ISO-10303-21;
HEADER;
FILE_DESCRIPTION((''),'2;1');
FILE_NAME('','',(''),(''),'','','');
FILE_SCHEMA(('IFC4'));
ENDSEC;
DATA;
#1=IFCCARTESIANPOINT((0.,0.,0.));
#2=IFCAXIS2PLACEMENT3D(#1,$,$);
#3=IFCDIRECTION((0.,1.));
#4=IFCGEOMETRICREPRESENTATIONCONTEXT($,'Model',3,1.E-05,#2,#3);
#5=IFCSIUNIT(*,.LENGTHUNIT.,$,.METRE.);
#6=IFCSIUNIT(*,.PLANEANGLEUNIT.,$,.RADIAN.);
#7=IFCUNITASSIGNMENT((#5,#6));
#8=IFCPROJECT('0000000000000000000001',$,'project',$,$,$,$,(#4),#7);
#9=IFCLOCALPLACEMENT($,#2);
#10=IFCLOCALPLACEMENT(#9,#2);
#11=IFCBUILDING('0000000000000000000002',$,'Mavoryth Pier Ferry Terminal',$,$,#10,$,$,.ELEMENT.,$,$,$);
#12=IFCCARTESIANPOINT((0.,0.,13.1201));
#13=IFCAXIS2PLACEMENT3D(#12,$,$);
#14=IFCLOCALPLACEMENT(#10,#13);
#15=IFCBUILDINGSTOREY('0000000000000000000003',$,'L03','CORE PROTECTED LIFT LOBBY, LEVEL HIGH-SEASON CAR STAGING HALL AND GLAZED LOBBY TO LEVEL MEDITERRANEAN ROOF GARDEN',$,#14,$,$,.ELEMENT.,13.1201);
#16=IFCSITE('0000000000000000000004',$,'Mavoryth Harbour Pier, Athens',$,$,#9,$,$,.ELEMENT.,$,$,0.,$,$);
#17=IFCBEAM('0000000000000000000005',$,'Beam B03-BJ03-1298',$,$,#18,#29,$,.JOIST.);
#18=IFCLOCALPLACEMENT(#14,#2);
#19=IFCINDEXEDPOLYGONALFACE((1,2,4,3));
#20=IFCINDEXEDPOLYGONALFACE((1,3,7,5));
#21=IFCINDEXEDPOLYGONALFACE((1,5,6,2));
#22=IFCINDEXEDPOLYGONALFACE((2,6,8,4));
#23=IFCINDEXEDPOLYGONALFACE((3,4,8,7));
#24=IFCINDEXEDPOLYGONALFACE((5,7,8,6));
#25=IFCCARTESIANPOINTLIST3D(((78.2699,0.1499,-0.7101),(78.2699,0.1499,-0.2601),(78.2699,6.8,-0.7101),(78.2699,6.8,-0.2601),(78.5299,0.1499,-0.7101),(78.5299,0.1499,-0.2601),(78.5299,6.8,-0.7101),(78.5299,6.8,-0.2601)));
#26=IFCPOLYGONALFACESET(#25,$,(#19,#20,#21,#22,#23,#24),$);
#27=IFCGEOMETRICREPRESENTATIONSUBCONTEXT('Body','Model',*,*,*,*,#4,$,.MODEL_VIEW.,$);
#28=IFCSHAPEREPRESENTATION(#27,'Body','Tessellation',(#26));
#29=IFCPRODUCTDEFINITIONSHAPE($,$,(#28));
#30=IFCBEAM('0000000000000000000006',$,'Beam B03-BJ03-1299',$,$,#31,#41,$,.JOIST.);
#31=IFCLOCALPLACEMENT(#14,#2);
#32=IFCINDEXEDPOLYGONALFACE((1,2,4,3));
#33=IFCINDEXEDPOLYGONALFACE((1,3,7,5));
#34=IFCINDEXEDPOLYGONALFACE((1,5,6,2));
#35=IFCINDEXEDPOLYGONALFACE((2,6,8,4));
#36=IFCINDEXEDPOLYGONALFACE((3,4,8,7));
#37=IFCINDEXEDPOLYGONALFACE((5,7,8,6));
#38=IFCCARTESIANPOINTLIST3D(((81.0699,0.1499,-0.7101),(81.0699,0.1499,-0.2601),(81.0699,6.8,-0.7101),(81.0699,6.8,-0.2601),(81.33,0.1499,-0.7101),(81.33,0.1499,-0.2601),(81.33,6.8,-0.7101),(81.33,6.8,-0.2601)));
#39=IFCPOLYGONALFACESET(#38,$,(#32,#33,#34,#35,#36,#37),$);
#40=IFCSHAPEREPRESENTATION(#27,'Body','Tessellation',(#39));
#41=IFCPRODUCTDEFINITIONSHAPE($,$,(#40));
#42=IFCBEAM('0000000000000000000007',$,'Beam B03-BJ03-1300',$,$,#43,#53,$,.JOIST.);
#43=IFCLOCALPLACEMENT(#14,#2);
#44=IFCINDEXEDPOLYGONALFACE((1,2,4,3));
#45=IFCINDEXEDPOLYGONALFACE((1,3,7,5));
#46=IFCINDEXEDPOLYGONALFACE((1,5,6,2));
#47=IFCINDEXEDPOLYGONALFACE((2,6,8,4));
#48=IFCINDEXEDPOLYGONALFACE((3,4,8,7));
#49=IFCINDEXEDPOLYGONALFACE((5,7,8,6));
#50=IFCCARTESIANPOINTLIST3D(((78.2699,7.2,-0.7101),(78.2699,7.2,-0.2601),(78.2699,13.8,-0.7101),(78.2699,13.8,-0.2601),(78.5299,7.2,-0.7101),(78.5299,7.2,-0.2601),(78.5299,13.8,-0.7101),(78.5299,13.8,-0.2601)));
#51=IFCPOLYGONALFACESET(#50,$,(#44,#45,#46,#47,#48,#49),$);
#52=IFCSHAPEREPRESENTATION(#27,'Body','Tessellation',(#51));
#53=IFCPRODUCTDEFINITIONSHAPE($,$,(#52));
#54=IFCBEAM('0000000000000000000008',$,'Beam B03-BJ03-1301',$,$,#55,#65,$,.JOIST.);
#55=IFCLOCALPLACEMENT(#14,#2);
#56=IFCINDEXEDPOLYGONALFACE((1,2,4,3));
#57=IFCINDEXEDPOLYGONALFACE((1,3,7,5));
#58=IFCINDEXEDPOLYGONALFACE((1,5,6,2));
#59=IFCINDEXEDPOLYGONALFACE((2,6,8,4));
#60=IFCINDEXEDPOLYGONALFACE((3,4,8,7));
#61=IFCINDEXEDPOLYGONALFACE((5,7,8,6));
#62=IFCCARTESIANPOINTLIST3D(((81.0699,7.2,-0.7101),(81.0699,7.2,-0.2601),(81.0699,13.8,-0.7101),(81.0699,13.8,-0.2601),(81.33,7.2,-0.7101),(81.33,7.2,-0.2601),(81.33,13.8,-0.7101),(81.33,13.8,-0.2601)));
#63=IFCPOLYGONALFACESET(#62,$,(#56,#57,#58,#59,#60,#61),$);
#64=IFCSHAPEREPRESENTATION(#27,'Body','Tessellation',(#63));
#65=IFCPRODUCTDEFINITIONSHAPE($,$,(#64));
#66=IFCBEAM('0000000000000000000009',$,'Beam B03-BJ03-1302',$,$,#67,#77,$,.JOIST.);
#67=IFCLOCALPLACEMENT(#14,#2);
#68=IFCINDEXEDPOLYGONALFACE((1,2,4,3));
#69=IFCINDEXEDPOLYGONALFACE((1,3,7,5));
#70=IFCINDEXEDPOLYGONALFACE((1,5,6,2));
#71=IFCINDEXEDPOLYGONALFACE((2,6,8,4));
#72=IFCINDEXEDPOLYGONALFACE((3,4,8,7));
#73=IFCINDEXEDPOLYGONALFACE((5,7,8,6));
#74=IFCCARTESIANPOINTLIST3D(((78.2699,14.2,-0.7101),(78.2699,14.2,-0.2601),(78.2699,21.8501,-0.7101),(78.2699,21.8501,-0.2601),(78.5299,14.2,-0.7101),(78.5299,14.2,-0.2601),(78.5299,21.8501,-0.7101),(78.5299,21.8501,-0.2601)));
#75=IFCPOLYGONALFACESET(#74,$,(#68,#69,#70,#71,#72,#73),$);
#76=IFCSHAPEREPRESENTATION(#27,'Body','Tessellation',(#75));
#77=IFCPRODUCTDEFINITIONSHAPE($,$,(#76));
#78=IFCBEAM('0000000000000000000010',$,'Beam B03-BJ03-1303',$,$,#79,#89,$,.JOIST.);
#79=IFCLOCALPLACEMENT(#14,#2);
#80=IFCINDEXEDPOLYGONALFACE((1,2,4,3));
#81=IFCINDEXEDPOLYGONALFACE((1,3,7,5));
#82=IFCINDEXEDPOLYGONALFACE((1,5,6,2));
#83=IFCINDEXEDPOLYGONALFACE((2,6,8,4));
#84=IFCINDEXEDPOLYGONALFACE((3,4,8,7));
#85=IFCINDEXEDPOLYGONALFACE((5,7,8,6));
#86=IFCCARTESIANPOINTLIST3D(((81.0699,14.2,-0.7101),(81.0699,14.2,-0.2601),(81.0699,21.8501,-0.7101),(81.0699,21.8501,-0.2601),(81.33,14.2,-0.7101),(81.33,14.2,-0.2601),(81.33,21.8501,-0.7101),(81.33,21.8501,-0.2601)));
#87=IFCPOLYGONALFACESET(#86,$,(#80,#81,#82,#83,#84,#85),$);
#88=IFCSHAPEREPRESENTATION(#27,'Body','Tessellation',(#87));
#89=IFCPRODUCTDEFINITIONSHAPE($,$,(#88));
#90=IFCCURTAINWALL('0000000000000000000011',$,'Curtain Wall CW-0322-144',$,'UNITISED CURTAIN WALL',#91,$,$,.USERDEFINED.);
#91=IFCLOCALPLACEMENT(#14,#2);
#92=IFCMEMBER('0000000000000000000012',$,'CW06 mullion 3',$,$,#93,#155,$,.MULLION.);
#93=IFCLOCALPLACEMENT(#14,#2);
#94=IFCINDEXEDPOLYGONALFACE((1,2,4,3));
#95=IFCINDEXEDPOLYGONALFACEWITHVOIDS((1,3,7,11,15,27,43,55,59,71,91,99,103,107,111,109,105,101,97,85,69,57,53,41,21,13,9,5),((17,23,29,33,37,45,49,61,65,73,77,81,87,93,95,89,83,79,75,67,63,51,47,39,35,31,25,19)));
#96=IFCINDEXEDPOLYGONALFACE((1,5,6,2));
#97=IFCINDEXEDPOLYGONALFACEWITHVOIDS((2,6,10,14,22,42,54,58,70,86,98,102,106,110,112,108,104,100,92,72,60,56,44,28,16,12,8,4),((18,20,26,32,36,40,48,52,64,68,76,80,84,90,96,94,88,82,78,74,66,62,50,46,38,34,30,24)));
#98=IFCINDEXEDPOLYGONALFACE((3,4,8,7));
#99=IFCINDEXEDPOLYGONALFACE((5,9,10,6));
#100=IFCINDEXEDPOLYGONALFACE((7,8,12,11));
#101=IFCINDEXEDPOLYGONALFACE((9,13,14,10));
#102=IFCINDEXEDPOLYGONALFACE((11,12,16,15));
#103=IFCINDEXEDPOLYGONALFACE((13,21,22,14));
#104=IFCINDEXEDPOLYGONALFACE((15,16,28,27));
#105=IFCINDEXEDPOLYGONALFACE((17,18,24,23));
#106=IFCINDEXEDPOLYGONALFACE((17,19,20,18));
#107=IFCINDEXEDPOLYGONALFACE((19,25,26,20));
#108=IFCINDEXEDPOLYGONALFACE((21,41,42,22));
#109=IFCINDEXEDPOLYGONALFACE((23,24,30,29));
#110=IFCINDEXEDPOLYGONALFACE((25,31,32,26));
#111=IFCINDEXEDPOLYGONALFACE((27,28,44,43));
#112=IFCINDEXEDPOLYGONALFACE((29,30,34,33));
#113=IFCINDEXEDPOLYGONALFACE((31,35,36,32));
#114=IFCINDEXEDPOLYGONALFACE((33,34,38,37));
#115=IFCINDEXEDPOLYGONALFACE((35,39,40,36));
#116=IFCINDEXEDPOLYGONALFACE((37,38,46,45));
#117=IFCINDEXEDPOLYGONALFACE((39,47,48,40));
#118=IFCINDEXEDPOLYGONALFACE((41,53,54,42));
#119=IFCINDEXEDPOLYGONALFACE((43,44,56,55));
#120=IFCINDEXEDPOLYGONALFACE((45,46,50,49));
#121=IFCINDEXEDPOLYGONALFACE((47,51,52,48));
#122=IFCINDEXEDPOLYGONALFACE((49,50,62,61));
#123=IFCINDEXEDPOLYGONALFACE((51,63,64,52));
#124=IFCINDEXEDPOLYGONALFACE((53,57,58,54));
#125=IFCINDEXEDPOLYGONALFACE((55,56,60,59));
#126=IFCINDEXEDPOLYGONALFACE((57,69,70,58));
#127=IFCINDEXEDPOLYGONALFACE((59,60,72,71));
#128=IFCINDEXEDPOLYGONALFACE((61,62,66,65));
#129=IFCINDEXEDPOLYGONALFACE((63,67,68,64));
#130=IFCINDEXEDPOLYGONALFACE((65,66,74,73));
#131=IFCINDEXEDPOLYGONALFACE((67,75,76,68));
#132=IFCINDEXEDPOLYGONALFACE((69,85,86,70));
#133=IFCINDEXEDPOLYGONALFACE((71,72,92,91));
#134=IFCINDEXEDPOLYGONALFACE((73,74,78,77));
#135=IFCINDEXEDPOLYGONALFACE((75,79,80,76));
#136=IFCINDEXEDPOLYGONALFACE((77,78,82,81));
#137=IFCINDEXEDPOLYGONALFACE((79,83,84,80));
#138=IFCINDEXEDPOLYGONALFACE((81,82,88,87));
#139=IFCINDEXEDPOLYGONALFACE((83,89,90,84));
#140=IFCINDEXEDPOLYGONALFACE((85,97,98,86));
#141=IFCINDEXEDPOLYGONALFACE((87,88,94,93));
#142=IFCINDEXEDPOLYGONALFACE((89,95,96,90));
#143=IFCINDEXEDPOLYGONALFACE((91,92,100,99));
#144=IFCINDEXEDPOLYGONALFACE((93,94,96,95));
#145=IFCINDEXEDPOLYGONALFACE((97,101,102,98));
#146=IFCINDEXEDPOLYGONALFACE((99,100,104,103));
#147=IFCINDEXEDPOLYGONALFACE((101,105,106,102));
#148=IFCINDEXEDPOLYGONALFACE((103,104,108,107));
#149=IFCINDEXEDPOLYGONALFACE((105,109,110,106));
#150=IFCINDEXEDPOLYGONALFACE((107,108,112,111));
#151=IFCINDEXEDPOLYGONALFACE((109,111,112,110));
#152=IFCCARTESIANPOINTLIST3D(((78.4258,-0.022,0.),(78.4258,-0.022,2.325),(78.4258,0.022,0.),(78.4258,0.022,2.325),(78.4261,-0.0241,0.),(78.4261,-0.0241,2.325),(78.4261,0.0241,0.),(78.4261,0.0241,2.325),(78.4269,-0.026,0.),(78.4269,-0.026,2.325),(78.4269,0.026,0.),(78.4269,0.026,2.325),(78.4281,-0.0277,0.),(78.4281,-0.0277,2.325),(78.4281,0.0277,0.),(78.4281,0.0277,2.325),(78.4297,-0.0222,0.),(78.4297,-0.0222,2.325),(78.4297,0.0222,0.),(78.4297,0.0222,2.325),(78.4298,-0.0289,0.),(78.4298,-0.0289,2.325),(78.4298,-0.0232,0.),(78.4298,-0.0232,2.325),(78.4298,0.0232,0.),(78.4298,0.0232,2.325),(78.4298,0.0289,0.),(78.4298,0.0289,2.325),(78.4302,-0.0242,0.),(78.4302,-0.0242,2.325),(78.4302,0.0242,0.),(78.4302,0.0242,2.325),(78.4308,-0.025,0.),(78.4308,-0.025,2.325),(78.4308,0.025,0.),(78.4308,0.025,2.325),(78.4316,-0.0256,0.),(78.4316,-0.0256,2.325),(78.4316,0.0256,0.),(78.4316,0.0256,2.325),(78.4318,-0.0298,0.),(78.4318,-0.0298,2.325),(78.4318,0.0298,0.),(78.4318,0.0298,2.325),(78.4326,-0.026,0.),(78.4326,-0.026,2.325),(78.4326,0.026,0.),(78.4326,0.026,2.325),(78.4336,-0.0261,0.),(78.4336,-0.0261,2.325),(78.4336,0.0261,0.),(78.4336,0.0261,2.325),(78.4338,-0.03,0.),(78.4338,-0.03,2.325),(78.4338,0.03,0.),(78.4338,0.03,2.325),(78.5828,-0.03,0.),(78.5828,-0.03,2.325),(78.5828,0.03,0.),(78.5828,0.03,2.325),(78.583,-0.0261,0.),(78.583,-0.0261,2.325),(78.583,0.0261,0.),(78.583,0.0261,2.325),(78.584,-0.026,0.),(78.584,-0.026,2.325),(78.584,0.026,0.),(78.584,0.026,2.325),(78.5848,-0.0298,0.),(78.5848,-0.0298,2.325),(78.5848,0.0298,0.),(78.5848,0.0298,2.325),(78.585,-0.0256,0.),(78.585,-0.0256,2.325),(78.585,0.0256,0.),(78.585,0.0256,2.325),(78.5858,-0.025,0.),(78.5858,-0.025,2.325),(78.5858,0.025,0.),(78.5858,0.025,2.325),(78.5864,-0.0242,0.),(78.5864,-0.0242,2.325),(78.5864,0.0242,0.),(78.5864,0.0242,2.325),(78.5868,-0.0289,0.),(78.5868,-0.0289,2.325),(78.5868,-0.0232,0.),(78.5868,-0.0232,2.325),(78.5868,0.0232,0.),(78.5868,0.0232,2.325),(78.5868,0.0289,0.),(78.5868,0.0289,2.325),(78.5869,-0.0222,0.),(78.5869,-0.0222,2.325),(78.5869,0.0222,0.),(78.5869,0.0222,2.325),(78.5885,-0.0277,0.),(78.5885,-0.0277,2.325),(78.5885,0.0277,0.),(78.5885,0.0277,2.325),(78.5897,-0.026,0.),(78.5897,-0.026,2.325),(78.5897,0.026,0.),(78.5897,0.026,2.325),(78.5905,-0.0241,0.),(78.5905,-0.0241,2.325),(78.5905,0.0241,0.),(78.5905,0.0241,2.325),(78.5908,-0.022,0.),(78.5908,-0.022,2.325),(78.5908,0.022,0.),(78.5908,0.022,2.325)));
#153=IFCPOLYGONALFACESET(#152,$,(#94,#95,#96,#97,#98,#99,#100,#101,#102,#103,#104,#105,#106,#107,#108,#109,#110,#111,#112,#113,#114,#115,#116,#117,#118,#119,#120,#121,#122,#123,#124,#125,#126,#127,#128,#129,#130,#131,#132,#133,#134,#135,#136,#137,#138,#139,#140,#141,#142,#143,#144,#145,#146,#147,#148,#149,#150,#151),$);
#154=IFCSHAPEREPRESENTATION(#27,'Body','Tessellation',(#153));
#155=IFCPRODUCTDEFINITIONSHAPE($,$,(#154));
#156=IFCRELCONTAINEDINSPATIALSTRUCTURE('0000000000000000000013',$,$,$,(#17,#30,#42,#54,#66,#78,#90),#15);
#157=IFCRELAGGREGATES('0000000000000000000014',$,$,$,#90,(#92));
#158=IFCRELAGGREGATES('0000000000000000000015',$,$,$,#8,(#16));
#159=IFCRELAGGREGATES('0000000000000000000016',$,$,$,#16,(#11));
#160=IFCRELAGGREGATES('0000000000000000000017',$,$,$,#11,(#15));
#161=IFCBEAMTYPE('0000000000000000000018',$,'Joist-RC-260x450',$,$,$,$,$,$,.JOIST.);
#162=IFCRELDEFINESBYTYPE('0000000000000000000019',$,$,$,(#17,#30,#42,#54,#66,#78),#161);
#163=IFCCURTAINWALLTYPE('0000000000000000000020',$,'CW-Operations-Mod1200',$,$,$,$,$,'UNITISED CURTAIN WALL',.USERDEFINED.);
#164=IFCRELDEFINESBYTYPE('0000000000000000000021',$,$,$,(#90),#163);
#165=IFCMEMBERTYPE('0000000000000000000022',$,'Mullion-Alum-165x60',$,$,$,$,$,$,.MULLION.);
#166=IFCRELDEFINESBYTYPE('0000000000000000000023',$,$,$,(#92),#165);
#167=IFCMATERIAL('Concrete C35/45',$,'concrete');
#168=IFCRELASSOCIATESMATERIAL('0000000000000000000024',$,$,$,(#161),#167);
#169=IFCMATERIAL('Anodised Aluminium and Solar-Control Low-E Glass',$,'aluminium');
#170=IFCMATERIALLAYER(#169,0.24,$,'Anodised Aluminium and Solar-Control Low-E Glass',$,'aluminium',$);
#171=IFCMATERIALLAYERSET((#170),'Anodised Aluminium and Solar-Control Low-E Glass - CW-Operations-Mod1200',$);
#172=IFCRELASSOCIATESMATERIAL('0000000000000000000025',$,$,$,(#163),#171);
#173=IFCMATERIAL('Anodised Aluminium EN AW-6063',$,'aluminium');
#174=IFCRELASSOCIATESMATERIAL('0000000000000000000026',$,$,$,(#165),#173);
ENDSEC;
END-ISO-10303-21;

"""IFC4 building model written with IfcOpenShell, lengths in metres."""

from ifc_helpers import new_model, si_unit, direction, frame, origin, origin_2d, place, context, subcontext, project, spatial, rectangle, hollow_rectangle, extrude, material, layer, layer_set, material_profile, profile_set, type_object, element, aggregate, save


model = new_model("IFC4")

# Units and contexts
model_context = context("Model", 3, precision=1e-05, world=origin(), true_north=direction((0.0, 1.0)))
body_context = subcontext(model_context, "Body", "Model", "MODEL_VIEW")
ifc_project = project(units=[si_unit("LENGTHUNIT", "METRE"), si_unit("PLANEANGLEUNIT", "RADIAN")], contexts=[model_context])

# Site, building, storey
site_placement = place(None, origin())
site = spatial("IfcSite", under=ifc_project, at=site_placement, Name="Mavoryth Harbour Pier, Athens", CompositionType="ELEMENT", RefElevation=0.0)
building_placement = place(site_placement, origin())
building = spatial("IfcBuilding", under=site, at=building_placement, Name="Mavoryth Pier Ferry Terminal", CompositionType="ELEMENT")
storey_placement = place(building_placement, frame((0.0, 0.0, 13.1201)))
storey = spatial("IfcBuildingStorey", under=building, at=storey_placement, Name="L03", Description="CORE PROTECTED LIFT LOBBY, LEVEL HIGH-SEASON CAR STAGING HALL AND GLAZED LOBBY TO LEVEL MEDITERRANEAN ROOF GARDEN", CompositionType="ELEMENT", Elevation=13.1201)

# Beams
ifc_material_1 = material(Name="Concrete C35/45", Category="concrete")
ifc_material_profile_1 = material_profile(ifc_material_1, rectangle(XDim=0.26, YDim=0.45, at=origin_2d()), Name="RC 260x450", Category="concrete")
ifc_profile_set_1 = profile_set([ifc_material_profile_1], Name="Concrete C35/45 - RC 260x450")
beam_type = type_object("IfcBeamType", Name="Joist-RC-260x450", PredefinedType="JOIST", material=ifc_profile_set_1)
for number, where, z_axis, x_axis, name in (
    (1, (78.3999, 0.1499, -0.4851), (0.0, 1.0, 0.0), (-1.0, 0.0, 0.0), "Beam B03-BJ03-1298"),
    (2, (81.2, 0.1499, -0.4851), (0.0, 1.0, 0.0), (-1.0, 0.0, 0.0), "Beam B03-BJ03-1299"),
):
    element("IfcBeam", number, at=place(storey_placement, frame(where, z_axis=z_axis, x_axis=x_axis)), inside=storey, type_object=beam_type, Name=name, PredefinedType="JOIST", context=body_context, shape_type="SweptSolid", body=[
        extrude(rectangle(XDim=0.26, YDim=0.45, at=origin_2d()), origin(), (0.0, 0.0, 1.0), 6.6501),
    ])
for number, where, z_axis, x_axis, name in (
    (3, (78.3999, 7.2, -0.4851), (0.0, 1.0, 0.0), (-1.0, 0.0, 0.0), "Beam B03-BJ03-1300"),
    (4, (81.2, 7.2, -0.4851), (0.0, 1.0, 0.0), (-1.0, 0.0, 0.0), "Beam B03-BJ03-1301"),
):
    element("IfcBeam", number, at=place(storey_placement, frame(where, z_axis=z_axis, x_axis=x_axis)), inside=storey, type_object=beam_type, Name=name, PredefinedType="JOIST", context=body_context, shape_type="SweptSolid", body=[
        extrude(rectangle(XDim=0.26, YDim=0.45, at=origin_2d()), origin(), (0.0, 0.0, 1.0), 6.6001),
    ])
for number, where, z_axis, x_axis, name in (
    (5, (78.3999, 14.2, -0.4851), (0.0, 1.0, 0.0), (-1.0, 0.0, 0.0), "Beam B03-BJ03-1302"),
    (6, (81.2, 14.2, -0.4851), (0.0, 1.0, 0.0), (-1.0, 0.0, 0.0), "Beam B03-BJ03-1303"),
):
    element("IfcBeam", number, at=place(storey_placement, frame(where, z_axis=z_axis, x_axis=x_axis)), inside=storey, type_object=beam_type, Name=name, PredefinedType="JOIST", context=body_context, shape_type="SweptSolid", body=[
        extrude(rectangle(XDim=0.26, YDim=0.45, at=origin_2d()), origin(), (0.0, 0.0, 1.0), 7.6501),
    ])

# Curtain wall, member
ifc_material_2 = material(Name="Anodised Aluminium and Solar-Control Low-E Glass", Category="aluminium")
ifc_layer_1 = layer(ifc_material_2, 0.24, Name="Anodised Aluminium and Solar-Control Low-E Glass", Category="aluminium")
ifc_layer_set_1 = layer_set([ifc_layer_1], Name="Anodised Aluminium and Solar-Control Low-E Glass - CW-Operations-Mod1200")
curtain_wall_type = type_object("IfcCurtainWallType", Name="CW-Operations-Mod1200", ElementType="UNITISED CURTAIN WALL", PredefinedType="USERDEFINED", material=ifc_layer_set_1)
curtain_wall_placement = place(storey_placement, origin())
curtain_wall = element("IfcCurtainWall", 7, at=curtain_wall_placement, inside=storey, type_object=curtain_wall_type, Name="Curtain Wall CW-0322-144", ObjectType="UNITISED CURTAIN WALL", PredefinedType="USERDEFINED")
ifc_material_3 = material(Name="Anodised Aluminium EN AW-6063", Category="aluminium")
ifc_material_profile_2 = material_profile(ifc_material_3, hollow_rectangle(XDim=0.0601, YDim=0.165, WallThickness=0.0039, InnerFilletRadius=0.0039, OuterFilletRadius=0.0081, at=origin_2d()), Name="AL-MULL 165x60x4", Category="aluminium")
ifc_profile_set_2 = profile_set([ifc_material_profile_2], Name="Anodised Aluminium EN AW-6063 - AL-MULL 165x60x4")
member_type_1 = type_object("IfcMemberType", Name="Mullion-Alum-165x60", PredefinedType="MULLION", material=ifc_profile_set_2)
member_1_placement = place(storey_placement, frame((78.5083, 0.0, 0.0), z_axis=(0.0, 0.0, 1.0), x_axis=(0.0, 1.0, 0.0)))
member_1 = element("IfcMember", 8, at=member_1_placement, type_object=member_type_1, Name="CW06 mullion 3", PredefinedType="MULLION", context=body_context, shape_type="SweptSolid", body=[
    extrude(hollow_rectangle(XDim=0.0601, YDim=0.165, WallThickness=0.0039, InnerFilletRadius=0.0039, OuterFilletRadius=0.0081, at=origin_2d()), origin(), (0.0, 0.0, 1.0), 2.325),
])
aggregate(curtain_wall, [member_1])

save(model, "model.ifc")
